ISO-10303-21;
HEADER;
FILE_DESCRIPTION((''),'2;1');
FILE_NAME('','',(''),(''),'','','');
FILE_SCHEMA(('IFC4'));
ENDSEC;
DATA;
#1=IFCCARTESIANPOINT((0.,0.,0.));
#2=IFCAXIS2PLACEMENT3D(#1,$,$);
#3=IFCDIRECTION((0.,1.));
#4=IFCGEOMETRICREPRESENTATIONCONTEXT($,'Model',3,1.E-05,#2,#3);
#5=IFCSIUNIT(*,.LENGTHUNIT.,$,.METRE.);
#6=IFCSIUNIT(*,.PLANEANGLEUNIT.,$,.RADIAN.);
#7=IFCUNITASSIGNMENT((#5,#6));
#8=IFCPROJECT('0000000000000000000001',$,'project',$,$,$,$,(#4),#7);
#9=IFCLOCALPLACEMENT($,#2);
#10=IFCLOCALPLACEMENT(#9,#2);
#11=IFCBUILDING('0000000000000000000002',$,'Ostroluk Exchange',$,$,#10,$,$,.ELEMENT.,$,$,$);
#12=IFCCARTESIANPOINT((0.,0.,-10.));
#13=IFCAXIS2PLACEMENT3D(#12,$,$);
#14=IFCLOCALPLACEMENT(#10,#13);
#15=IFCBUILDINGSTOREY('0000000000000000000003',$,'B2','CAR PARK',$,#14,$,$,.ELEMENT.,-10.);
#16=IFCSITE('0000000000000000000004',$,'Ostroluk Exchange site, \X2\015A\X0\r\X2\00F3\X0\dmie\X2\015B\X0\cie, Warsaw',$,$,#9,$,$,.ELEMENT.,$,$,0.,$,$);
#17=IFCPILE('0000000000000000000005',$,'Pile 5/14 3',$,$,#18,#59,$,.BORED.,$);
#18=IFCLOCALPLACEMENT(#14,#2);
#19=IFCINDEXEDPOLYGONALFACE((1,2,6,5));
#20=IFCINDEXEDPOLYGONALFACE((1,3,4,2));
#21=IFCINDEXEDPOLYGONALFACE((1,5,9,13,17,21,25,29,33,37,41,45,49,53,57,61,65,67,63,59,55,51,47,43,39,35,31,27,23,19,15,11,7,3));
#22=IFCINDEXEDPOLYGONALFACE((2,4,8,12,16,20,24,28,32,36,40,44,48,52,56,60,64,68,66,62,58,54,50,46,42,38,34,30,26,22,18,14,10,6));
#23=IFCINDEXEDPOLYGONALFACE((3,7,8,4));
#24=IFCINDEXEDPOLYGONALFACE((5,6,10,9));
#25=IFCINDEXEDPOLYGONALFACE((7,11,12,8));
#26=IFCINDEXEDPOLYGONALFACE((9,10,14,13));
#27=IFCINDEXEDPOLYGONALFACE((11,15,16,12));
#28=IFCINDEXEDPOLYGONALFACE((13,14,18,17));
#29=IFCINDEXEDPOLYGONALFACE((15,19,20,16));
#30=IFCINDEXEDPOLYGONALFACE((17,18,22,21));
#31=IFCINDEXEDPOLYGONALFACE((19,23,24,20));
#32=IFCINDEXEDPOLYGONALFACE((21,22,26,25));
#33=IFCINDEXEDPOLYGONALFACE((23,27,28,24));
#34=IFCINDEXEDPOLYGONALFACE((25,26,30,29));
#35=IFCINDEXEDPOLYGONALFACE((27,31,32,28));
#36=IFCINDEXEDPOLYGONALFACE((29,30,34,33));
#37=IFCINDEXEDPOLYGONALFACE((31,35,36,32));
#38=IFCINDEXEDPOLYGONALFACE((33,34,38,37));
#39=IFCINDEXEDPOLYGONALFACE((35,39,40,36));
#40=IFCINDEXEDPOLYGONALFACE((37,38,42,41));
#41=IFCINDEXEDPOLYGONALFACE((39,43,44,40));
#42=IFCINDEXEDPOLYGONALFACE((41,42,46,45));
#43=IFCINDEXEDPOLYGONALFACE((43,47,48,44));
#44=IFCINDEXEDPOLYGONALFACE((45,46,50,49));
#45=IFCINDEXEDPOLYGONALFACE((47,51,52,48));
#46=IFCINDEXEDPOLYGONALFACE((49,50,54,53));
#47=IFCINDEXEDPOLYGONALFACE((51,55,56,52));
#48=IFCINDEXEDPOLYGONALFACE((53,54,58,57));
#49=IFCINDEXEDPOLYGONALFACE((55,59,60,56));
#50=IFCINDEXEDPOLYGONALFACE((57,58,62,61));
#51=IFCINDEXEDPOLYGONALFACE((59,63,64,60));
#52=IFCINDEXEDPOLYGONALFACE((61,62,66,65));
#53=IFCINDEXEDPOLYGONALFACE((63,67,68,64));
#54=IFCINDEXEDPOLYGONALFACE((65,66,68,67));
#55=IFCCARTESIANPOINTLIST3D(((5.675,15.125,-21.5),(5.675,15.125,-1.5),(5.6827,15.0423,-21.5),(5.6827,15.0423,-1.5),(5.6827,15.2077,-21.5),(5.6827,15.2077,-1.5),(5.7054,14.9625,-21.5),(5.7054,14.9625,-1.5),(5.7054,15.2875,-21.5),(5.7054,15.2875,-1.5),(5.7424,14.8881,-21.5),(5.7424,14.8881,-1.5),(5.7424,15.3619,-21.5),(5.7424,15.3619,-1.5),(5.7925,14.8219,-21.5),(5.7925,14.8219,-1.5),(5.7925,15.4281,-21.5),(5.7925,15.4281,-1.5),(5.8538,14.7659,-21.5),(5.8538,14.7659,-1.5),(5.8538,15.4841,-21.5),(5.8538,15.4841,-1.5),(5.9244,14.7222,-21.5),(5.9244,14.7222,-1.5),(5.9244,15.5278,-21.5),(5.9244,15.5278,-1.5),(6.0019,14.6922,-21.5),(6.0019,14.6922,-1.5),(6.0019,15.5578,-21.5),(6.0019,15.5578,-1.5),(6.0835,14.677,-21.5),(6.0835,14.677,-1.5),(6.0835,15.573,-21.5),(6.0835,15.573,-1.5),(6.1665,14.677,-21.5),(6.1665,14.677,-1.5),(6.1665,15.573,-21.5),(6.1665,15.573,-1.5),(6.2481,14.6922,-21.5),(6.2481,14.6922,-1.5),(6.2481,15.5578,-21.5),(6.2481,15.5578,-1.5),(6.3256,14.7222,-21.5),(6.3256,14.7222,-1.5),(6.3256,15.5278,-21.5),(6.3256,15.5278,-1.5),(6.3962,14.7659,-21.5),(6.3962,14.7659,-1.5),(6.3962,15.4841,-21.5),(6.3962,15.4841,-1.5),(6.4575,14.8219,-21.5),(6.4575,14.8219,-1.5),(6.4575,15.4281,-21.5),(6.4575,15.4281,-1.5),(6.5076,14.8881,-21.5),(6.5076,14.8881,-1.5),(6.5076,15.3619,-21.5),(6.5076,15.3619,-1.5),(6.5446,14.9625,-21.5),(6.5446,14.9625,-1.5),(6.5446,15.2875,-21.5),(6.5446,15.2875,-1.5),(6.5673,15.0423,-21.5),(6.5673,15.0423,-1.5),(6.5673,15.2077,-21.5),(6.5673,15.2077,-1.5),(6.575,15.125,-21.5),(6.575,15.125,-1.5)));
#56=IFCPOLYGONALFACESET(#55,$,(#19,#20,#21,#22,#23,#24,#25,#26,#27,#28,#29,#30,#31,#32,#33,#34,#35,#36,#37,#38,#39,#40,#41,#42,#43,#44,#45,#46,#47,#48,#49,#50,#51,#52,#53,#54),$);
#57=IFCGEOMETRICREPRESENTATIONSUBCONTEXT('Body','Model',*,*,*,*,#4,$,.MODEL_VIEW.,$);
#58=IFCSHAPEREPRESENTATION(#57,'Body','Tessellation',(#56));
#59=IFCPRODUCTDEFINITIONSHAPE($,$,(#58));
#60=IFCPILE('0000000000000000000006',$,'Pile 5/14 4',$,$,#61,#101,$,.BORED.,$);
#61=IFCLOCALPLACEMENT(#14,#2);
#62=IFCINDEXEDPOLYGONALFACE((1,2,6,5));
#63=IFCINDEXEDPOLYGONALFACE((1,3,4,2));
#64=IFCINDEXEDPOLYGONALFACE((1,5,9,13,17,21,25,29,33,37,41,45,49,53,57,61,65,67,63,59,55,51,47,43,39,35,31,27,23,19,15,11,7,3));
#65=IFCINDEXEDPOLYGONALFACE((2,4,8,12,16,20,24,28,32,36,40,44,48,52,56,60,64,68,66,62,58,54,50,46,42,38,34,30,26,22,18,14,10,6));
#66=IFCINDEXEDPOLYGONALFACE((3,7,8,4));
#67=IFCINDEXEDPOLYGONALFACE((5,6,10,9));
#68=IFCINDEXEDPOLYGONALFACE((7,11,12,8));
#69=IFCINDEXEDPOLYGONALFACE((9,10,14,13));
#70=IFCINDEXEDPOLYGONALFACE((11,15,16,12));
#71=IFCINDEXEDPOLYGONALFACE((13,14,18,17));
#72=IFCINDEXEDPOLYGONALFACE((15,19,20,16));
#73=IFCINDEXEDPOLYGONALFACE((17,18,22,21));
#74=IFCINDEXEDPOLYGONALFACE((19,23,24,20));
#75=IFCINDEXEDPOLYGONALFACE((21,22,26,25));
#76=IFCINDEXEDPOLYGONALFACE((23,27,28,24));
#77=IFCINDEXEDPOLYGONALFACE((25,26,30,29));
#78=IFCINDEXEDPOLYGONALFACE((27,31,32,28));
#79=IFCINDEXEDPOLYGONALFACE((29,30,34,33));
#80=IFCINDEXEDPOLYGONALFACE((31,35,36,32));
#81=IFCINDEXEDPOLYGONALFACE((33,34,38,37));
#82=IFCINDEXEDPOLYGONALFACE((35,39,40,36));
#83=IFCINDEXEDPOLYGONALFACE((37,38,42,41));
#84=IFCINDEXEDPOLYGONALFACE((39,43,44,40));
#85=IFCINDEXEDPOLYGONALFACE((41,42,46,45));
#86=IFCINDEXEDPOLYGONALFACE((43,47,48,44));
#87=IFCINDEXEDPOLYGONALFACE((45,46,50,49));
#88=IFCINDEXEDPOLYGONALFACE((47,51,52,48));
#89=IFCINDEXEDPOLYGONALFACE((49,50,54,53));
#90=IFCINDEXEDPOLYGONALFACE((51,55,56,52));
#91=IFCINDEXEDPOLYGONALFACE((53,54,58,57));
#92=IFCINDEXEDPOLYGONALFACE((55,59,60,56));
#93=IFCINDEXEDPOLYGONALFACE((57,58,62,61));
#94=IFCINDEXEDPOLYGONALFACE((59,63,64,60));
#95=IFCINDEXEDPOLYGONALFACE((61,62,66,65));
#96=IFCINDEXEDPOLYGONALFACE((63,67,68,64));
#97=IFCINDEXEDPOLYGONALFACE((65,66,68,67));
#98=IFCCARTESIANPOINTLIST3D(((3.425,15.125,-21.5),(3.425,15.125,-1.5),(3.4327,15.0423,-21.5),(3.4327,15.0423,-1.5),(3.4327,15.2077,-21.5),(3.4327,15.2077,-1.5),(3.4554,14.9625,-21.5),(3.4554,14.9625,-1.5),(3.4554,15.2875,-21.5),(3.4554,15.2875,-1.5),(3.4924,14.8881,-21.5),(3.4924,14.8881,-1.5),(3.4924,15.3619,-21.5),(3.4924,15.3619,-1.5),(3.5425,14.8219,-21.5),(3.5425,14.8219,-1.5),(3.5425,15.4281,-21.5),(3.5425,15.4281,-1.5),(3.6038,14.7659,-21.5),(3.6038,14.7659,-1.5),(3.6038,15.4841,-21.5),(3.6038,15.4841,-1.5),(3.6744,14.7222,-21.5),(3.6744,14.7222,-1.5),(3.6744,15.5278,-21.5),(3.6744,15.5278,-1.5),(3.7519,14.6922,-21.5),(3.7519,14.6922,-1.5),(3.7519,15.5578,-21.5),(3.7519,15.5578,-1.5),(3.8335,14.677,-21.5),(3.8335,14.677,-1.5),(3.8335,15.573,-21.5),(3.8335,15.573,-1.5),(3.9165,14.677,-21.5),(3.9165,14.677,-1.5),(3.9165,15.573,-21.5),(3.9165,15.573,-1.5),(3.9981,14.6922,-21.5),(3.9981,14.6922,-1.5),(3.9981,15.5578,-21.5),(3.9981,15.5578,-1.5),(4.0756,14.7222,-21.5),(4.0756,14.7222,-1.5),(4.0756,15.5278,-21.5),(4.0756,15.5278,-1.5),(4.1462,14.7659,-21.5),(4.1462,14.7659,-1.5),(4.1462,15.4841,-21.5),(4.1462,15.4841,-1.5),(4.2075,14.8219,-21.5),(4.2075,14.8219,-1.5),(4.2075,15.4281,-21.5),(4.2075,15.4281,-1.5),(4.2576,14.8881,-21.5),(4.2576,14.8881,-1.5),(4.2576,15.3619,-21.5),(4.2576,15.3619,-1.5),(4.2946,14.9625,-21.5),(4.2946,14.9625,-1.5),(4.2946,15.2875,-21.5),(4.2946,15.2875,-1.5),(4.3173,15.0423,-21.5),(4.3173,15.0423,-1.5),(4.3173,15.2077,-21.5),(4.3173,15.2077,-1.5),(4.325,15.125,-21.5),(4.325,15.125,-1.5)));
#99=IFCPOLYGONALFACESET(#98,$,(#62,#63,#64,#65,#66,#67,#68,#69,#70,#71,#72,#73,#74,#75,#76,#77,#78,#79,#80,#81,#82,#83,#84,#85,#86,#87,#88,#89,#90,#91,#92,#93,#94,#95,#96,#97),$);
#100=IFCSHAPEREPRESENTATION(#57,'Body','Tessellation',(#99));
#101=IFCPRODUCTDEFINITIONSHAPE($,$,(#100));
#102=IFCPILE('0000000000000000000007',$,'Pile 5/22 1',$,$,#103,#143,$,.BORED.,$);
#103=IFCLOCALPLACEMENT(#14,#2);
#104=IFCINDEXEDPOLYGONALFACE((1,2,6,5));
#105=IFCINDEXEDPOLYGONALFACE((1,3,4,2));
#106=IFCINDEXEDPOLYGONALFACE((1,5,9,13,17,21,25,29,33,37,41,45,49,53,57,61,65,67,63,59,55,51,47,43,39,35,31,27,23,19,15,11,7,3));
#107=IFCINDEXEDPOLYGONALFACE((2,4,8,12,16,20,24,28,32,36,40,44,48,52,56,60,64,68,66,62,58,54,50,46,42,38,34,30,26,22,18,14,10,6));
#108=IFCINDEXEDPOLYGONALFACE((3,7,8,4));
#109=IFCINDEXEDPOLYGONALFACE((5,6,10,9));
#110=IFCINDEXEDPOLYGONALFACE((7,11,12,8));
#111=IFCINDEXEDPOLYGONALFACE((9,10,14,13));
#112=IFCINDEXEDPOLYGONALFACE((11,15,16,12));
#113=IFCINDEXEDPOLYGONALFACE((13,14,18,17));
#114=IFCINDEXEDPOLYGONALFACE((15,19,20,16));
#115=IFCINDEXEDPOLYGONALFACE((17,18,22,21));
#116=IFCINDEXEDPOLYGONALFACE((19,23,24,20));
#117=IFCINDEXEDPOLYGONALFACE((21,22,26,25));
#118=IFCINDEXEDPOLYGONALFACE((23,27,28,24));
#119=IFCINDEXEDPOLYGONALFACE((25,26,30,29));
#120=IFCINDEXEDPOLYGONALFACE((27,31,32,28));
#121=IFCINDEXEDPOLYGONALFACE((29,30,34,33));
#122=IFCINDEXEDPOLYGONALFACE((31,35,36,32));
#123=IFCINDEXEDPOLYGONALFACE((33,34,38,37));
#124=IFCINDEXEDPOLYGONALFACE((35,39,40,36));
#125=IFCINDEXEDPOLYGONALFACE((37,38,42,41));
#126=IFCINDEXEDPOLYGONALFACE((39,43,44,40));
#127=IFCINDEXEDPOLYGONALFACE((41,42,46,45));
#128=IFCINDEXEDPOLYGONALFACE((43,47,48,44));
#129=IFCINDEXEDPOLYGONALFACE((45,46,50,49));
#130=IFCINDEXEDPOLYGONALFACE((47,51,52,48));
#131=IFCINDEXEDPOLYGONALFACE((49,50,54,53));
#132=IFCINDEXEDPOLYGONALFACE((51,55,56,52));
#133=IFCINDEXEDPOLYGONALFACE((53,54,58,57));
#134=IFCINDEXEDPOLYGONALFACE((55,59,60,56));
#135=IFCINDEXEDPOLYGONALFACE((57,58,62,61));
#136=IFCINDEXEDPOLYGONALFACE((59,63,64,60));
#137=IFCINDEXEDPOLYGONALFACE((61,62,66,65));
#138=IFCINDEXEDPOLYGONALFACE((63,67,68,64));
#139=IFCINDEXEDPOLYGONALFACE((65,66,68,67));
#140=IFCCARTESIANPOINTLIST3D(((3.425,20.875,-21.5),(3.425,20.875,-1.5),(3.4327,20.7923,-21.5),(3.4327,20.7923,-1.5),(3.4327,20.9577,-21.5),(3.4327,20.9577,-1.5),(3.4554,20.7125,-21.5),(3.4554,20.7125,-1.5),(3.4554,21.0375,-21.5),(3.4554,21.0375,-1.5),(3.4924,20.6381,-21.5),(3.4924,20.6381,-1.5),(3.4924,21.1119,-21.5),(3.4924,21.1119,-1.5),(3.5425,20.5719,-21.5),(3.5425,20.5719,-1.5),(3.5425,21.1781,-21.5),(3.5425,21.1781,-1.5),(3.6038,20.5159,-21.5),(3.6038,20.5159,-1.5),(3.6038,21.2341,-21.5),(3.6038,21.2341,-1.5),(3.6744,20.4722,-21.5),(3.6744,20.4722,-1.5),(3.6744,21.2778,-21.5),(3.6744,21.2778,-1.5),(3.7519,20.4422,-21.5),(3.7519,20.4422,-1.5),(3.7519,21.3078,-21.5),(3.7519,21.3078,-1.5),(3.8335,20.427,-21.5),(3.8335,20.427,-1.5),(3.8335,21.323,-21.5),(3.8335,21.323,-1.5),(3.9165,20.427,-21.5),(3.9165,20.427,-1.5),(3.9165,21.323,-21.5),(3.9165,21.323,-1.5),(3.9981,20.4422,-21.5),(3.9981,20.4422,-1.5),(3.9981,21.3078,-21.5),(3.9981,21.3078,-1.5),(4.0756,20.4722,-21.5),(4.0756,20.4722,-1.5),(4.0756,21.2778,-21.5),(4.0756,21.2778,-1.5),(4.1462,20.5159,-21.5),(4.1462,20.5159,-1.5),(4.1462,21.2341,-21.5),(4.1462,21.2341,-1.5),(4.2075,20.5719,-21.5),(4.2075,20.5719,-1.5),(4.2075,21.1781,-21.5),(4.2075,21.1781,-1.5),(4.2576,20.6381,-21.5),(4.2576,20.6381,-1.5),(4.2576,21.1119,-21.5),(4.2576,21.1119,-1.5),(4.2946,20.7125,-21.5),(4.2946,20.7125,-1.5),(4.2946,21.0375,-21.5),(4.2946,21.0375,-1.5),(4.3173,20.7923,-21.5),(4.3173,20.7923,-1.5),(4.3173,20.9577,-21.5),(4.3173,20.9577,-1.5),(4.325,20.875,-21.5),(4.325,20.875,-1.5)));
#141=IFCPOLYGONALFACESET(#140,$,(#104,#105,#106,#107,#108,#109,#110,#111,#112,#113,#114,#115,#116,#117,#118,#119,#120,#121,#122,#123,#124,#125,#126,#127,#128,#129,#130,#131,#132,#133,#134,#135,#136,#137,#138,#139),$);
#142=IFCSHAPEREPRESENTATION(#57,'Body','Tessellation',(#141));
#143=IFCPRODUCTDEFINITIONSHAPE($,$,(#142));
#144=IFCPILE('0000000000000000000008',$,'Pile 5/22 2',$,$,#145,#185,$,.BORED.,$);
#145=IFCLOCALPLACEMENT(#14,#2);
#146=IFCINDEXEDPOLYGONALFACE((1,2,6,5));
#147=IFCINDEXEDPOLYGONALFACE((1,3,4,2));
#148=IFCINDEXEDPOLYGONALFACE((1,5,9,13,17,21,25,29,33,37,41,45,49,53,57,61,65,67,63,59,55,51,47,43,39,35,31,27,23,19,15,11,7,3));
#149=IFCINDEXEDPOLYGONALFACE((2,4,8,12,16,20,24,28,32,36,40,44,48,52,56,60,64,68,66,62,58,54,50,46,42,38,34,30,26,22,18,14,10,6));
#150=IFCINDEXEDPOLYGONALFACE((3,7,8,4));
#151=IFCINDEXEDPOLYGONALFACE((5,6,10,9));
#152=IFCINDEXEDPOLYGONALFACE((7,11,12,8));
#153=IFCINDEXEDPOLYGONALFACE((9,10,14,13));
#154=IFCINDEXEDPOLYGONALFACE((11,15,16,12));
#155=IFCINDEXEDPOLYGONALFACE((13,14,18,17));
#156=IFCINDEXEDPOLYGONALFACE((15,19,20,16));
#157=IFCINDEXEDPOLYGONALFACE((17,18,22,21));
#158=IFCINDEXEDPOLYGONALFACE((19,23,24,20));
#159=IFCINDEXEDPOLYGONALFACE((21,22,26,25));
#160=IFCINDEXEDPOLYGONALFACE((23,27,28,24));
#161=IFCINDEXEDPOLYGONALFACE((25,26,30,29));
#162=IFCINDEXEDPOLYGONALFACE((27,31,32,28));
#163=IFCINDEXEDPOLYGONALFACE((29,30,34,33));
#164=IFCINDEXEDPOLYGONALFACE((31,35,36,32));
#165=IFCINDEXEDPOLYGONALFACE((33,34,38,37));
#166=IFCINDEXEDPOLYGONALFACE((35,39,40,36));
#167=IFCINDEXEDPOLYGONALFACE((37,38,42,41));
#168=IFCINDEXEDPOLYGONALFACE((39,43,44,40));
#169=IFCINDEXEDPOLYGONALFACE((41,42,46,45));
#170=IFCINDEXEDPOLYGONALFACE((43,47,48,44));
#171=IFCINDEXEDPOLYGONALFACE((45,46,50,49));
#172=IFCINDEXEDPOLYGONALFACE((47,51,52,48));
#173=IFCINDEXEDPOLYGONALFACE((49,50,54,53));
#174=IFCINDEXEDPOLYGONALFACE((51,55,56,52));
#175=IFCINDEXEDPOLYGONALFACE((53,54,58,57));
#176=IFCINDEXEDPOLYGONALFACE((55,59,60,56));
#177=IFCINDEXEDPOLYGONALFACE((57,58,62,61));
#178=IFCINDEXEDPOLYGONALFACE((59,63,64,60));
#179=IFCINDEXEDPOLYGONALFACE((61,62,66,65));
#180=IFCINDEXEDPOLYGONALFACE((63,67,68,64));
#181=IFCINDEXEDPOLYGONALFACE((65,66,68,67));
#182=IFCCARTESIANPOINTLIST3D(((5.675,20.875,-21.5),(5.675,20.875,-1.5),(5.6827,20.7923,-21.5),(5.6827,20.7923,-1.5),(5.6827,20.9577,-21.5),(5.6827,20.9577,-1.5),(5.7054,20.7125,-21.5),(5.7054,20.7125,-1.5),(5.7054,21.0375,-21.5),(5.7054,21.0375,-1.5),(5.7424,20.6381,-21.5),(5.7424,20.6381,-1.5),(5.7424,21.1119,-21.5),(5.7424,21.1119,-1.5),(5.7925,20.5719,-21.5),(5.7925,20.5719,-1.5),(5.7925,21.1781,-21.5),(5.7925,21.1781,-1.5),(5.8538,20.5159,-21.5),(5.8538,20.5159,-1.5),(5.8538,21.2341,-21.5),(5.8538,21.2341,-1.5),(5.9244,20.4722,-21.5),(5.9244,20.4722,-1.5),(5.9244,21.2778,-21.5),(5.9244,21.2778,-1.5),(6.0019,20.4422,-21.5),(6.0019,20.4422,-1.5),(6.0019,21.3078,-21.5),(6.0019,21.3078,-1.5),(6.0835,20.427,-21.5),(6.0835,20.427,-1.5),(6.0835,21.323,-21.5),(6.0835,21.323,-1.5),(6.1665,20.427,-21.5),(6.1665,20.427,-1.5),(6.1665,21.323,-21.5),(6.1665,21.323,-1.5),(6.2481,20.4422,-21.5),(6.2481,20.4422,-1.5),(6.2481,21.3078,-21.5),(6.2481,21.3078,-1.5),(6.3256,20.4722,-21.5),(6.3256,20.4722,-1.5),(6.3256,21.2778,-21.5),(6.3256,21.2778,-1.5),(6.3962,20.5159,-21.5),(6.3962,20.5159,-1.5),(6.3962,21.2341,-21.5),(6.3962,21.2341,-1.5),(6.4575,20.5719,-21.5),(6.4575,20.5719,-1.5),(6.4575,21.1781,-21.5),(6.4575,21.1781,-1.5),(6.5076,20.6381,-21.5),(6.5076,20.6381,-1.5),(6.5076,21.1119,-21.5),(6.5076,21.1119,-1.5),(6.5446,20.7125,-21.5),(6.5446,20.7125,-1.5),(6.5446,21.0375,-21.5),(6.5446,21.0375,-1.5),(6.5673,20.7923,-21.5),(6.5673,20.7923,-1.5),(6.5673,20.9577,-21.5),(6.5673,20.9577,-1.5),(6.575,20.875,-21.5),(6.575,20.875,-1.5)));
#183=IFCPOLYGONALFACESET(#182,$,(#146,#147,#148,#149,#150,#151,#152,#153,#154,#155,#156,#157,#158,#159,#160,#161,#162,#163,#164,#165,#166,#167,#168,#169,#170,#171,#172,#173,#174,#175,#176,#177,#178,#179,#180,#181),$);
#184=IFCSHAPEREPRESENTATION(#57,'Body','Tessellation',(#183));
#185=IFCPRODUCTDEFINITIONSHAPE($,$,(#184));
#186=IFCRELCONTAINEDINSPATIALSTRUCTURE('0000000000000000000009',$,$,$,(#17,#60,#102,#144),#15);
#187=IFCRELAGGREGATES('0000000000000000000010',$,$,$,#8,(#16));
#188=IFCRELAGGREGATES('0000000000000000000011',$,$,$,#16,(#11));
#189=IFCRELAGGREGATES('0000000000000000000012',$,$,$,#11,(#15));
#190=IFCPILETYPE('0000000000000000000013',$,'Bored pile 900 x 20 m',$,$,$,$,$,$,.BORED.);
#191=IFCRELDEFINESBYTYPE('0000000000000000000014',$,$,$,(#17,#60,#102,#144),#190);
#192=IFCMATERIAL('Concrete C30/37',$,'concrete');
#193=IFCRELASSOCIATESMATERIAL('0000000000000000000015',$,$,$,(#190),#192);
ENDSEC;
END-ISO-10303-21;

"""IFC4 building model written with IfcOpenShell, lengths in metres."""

from ifc_helpers import new_model, si_unit, direction, frame, origin, origin_2d, place, context, subcontext, project, spatial, circle, extrude, material, type_object, element, save


model = new_model("IFC4")

# Units and contexts
model_context = context("Model", 3, precision=1e-05, world=origin(), true_north=direction((0.0, 1.0)))
body_context = subcontext(model_context, "Body", "Model", "MODEL_VIEW")
ifc_project = project(units=[si_unit("LENGTHUNIT", "METRE"), si_unit("PLANEANGLEUNIT", "RADIAN")], contexts=[model_context])

# Site, building, storey
site_placement = place(None, origin())
site = spatial("IfcSite", under=ifc_project, at=site_placement, Name="Ostroluk Exchange site, Śródmieście, Warsaw", CompositionType="ELEMENT", RefElevation=0.0)
building_placement = place(site_placement, origin())
building = spatial("IfcBuilding", under=site, at=building_placement, Name="Ostroluk Exchange", CompositionType="ELEMENT")
storey_placement = place(building_placement, frame((0.0, 0.0, -10.0)))
storey = spatial("IfcBuildingStorey", under=building, at=storey_placement, Name="B2", Description="CAR PARK", CompositionType="ELEMENT", Elevation=-10.0)

# Piles
ifc_material_1 = material(Name="Concrete C30/37", Category="concrete")
pile_type = type_object("IfcPileType", Name="Bored pile 900 x 20 m", PredefinedType="BORED", material=ifc_material_1)
for number, where, z_axis, x_axis, name in (
    (1, (6.125, 15.125, -1.5), (0.0, 0.0, -1.0), (1.0, 0.0, 0.0), "Pile 5/14 3"),
    (2, (3.875, 15.125, -1.5), (0.0, 0.0, -1.0), (1.0, 0.0, 0.0), "Pile 5/14 4"),
    (3, (3.875, 20.875, -1.5), (0.0, 0.0, -1.0), (1.0, 0.0, 0.0), "Pile 5/22 1"),
    (4, (6.125, 20.875, -1.5), (0.0, 0.0, -1.0), (1.0, 0.0, 0.0), "Pile 5/22 2"),
):
    element("IfcPile", number, at=place(storey_placement, frame(where, z_axis=z_axis, x_axis=x_axis)), inside=storey, type_object=pile_type, Name=name, PredefinedType="BORED", context=body_context, shape_type="SweptSolid", body=[
        extrude(circle(Radius=0.45, at=origin_2d()), origin(), (0.0, 0.0, 1.0), 20.0),
    ])

save(model, "model.ifc")
